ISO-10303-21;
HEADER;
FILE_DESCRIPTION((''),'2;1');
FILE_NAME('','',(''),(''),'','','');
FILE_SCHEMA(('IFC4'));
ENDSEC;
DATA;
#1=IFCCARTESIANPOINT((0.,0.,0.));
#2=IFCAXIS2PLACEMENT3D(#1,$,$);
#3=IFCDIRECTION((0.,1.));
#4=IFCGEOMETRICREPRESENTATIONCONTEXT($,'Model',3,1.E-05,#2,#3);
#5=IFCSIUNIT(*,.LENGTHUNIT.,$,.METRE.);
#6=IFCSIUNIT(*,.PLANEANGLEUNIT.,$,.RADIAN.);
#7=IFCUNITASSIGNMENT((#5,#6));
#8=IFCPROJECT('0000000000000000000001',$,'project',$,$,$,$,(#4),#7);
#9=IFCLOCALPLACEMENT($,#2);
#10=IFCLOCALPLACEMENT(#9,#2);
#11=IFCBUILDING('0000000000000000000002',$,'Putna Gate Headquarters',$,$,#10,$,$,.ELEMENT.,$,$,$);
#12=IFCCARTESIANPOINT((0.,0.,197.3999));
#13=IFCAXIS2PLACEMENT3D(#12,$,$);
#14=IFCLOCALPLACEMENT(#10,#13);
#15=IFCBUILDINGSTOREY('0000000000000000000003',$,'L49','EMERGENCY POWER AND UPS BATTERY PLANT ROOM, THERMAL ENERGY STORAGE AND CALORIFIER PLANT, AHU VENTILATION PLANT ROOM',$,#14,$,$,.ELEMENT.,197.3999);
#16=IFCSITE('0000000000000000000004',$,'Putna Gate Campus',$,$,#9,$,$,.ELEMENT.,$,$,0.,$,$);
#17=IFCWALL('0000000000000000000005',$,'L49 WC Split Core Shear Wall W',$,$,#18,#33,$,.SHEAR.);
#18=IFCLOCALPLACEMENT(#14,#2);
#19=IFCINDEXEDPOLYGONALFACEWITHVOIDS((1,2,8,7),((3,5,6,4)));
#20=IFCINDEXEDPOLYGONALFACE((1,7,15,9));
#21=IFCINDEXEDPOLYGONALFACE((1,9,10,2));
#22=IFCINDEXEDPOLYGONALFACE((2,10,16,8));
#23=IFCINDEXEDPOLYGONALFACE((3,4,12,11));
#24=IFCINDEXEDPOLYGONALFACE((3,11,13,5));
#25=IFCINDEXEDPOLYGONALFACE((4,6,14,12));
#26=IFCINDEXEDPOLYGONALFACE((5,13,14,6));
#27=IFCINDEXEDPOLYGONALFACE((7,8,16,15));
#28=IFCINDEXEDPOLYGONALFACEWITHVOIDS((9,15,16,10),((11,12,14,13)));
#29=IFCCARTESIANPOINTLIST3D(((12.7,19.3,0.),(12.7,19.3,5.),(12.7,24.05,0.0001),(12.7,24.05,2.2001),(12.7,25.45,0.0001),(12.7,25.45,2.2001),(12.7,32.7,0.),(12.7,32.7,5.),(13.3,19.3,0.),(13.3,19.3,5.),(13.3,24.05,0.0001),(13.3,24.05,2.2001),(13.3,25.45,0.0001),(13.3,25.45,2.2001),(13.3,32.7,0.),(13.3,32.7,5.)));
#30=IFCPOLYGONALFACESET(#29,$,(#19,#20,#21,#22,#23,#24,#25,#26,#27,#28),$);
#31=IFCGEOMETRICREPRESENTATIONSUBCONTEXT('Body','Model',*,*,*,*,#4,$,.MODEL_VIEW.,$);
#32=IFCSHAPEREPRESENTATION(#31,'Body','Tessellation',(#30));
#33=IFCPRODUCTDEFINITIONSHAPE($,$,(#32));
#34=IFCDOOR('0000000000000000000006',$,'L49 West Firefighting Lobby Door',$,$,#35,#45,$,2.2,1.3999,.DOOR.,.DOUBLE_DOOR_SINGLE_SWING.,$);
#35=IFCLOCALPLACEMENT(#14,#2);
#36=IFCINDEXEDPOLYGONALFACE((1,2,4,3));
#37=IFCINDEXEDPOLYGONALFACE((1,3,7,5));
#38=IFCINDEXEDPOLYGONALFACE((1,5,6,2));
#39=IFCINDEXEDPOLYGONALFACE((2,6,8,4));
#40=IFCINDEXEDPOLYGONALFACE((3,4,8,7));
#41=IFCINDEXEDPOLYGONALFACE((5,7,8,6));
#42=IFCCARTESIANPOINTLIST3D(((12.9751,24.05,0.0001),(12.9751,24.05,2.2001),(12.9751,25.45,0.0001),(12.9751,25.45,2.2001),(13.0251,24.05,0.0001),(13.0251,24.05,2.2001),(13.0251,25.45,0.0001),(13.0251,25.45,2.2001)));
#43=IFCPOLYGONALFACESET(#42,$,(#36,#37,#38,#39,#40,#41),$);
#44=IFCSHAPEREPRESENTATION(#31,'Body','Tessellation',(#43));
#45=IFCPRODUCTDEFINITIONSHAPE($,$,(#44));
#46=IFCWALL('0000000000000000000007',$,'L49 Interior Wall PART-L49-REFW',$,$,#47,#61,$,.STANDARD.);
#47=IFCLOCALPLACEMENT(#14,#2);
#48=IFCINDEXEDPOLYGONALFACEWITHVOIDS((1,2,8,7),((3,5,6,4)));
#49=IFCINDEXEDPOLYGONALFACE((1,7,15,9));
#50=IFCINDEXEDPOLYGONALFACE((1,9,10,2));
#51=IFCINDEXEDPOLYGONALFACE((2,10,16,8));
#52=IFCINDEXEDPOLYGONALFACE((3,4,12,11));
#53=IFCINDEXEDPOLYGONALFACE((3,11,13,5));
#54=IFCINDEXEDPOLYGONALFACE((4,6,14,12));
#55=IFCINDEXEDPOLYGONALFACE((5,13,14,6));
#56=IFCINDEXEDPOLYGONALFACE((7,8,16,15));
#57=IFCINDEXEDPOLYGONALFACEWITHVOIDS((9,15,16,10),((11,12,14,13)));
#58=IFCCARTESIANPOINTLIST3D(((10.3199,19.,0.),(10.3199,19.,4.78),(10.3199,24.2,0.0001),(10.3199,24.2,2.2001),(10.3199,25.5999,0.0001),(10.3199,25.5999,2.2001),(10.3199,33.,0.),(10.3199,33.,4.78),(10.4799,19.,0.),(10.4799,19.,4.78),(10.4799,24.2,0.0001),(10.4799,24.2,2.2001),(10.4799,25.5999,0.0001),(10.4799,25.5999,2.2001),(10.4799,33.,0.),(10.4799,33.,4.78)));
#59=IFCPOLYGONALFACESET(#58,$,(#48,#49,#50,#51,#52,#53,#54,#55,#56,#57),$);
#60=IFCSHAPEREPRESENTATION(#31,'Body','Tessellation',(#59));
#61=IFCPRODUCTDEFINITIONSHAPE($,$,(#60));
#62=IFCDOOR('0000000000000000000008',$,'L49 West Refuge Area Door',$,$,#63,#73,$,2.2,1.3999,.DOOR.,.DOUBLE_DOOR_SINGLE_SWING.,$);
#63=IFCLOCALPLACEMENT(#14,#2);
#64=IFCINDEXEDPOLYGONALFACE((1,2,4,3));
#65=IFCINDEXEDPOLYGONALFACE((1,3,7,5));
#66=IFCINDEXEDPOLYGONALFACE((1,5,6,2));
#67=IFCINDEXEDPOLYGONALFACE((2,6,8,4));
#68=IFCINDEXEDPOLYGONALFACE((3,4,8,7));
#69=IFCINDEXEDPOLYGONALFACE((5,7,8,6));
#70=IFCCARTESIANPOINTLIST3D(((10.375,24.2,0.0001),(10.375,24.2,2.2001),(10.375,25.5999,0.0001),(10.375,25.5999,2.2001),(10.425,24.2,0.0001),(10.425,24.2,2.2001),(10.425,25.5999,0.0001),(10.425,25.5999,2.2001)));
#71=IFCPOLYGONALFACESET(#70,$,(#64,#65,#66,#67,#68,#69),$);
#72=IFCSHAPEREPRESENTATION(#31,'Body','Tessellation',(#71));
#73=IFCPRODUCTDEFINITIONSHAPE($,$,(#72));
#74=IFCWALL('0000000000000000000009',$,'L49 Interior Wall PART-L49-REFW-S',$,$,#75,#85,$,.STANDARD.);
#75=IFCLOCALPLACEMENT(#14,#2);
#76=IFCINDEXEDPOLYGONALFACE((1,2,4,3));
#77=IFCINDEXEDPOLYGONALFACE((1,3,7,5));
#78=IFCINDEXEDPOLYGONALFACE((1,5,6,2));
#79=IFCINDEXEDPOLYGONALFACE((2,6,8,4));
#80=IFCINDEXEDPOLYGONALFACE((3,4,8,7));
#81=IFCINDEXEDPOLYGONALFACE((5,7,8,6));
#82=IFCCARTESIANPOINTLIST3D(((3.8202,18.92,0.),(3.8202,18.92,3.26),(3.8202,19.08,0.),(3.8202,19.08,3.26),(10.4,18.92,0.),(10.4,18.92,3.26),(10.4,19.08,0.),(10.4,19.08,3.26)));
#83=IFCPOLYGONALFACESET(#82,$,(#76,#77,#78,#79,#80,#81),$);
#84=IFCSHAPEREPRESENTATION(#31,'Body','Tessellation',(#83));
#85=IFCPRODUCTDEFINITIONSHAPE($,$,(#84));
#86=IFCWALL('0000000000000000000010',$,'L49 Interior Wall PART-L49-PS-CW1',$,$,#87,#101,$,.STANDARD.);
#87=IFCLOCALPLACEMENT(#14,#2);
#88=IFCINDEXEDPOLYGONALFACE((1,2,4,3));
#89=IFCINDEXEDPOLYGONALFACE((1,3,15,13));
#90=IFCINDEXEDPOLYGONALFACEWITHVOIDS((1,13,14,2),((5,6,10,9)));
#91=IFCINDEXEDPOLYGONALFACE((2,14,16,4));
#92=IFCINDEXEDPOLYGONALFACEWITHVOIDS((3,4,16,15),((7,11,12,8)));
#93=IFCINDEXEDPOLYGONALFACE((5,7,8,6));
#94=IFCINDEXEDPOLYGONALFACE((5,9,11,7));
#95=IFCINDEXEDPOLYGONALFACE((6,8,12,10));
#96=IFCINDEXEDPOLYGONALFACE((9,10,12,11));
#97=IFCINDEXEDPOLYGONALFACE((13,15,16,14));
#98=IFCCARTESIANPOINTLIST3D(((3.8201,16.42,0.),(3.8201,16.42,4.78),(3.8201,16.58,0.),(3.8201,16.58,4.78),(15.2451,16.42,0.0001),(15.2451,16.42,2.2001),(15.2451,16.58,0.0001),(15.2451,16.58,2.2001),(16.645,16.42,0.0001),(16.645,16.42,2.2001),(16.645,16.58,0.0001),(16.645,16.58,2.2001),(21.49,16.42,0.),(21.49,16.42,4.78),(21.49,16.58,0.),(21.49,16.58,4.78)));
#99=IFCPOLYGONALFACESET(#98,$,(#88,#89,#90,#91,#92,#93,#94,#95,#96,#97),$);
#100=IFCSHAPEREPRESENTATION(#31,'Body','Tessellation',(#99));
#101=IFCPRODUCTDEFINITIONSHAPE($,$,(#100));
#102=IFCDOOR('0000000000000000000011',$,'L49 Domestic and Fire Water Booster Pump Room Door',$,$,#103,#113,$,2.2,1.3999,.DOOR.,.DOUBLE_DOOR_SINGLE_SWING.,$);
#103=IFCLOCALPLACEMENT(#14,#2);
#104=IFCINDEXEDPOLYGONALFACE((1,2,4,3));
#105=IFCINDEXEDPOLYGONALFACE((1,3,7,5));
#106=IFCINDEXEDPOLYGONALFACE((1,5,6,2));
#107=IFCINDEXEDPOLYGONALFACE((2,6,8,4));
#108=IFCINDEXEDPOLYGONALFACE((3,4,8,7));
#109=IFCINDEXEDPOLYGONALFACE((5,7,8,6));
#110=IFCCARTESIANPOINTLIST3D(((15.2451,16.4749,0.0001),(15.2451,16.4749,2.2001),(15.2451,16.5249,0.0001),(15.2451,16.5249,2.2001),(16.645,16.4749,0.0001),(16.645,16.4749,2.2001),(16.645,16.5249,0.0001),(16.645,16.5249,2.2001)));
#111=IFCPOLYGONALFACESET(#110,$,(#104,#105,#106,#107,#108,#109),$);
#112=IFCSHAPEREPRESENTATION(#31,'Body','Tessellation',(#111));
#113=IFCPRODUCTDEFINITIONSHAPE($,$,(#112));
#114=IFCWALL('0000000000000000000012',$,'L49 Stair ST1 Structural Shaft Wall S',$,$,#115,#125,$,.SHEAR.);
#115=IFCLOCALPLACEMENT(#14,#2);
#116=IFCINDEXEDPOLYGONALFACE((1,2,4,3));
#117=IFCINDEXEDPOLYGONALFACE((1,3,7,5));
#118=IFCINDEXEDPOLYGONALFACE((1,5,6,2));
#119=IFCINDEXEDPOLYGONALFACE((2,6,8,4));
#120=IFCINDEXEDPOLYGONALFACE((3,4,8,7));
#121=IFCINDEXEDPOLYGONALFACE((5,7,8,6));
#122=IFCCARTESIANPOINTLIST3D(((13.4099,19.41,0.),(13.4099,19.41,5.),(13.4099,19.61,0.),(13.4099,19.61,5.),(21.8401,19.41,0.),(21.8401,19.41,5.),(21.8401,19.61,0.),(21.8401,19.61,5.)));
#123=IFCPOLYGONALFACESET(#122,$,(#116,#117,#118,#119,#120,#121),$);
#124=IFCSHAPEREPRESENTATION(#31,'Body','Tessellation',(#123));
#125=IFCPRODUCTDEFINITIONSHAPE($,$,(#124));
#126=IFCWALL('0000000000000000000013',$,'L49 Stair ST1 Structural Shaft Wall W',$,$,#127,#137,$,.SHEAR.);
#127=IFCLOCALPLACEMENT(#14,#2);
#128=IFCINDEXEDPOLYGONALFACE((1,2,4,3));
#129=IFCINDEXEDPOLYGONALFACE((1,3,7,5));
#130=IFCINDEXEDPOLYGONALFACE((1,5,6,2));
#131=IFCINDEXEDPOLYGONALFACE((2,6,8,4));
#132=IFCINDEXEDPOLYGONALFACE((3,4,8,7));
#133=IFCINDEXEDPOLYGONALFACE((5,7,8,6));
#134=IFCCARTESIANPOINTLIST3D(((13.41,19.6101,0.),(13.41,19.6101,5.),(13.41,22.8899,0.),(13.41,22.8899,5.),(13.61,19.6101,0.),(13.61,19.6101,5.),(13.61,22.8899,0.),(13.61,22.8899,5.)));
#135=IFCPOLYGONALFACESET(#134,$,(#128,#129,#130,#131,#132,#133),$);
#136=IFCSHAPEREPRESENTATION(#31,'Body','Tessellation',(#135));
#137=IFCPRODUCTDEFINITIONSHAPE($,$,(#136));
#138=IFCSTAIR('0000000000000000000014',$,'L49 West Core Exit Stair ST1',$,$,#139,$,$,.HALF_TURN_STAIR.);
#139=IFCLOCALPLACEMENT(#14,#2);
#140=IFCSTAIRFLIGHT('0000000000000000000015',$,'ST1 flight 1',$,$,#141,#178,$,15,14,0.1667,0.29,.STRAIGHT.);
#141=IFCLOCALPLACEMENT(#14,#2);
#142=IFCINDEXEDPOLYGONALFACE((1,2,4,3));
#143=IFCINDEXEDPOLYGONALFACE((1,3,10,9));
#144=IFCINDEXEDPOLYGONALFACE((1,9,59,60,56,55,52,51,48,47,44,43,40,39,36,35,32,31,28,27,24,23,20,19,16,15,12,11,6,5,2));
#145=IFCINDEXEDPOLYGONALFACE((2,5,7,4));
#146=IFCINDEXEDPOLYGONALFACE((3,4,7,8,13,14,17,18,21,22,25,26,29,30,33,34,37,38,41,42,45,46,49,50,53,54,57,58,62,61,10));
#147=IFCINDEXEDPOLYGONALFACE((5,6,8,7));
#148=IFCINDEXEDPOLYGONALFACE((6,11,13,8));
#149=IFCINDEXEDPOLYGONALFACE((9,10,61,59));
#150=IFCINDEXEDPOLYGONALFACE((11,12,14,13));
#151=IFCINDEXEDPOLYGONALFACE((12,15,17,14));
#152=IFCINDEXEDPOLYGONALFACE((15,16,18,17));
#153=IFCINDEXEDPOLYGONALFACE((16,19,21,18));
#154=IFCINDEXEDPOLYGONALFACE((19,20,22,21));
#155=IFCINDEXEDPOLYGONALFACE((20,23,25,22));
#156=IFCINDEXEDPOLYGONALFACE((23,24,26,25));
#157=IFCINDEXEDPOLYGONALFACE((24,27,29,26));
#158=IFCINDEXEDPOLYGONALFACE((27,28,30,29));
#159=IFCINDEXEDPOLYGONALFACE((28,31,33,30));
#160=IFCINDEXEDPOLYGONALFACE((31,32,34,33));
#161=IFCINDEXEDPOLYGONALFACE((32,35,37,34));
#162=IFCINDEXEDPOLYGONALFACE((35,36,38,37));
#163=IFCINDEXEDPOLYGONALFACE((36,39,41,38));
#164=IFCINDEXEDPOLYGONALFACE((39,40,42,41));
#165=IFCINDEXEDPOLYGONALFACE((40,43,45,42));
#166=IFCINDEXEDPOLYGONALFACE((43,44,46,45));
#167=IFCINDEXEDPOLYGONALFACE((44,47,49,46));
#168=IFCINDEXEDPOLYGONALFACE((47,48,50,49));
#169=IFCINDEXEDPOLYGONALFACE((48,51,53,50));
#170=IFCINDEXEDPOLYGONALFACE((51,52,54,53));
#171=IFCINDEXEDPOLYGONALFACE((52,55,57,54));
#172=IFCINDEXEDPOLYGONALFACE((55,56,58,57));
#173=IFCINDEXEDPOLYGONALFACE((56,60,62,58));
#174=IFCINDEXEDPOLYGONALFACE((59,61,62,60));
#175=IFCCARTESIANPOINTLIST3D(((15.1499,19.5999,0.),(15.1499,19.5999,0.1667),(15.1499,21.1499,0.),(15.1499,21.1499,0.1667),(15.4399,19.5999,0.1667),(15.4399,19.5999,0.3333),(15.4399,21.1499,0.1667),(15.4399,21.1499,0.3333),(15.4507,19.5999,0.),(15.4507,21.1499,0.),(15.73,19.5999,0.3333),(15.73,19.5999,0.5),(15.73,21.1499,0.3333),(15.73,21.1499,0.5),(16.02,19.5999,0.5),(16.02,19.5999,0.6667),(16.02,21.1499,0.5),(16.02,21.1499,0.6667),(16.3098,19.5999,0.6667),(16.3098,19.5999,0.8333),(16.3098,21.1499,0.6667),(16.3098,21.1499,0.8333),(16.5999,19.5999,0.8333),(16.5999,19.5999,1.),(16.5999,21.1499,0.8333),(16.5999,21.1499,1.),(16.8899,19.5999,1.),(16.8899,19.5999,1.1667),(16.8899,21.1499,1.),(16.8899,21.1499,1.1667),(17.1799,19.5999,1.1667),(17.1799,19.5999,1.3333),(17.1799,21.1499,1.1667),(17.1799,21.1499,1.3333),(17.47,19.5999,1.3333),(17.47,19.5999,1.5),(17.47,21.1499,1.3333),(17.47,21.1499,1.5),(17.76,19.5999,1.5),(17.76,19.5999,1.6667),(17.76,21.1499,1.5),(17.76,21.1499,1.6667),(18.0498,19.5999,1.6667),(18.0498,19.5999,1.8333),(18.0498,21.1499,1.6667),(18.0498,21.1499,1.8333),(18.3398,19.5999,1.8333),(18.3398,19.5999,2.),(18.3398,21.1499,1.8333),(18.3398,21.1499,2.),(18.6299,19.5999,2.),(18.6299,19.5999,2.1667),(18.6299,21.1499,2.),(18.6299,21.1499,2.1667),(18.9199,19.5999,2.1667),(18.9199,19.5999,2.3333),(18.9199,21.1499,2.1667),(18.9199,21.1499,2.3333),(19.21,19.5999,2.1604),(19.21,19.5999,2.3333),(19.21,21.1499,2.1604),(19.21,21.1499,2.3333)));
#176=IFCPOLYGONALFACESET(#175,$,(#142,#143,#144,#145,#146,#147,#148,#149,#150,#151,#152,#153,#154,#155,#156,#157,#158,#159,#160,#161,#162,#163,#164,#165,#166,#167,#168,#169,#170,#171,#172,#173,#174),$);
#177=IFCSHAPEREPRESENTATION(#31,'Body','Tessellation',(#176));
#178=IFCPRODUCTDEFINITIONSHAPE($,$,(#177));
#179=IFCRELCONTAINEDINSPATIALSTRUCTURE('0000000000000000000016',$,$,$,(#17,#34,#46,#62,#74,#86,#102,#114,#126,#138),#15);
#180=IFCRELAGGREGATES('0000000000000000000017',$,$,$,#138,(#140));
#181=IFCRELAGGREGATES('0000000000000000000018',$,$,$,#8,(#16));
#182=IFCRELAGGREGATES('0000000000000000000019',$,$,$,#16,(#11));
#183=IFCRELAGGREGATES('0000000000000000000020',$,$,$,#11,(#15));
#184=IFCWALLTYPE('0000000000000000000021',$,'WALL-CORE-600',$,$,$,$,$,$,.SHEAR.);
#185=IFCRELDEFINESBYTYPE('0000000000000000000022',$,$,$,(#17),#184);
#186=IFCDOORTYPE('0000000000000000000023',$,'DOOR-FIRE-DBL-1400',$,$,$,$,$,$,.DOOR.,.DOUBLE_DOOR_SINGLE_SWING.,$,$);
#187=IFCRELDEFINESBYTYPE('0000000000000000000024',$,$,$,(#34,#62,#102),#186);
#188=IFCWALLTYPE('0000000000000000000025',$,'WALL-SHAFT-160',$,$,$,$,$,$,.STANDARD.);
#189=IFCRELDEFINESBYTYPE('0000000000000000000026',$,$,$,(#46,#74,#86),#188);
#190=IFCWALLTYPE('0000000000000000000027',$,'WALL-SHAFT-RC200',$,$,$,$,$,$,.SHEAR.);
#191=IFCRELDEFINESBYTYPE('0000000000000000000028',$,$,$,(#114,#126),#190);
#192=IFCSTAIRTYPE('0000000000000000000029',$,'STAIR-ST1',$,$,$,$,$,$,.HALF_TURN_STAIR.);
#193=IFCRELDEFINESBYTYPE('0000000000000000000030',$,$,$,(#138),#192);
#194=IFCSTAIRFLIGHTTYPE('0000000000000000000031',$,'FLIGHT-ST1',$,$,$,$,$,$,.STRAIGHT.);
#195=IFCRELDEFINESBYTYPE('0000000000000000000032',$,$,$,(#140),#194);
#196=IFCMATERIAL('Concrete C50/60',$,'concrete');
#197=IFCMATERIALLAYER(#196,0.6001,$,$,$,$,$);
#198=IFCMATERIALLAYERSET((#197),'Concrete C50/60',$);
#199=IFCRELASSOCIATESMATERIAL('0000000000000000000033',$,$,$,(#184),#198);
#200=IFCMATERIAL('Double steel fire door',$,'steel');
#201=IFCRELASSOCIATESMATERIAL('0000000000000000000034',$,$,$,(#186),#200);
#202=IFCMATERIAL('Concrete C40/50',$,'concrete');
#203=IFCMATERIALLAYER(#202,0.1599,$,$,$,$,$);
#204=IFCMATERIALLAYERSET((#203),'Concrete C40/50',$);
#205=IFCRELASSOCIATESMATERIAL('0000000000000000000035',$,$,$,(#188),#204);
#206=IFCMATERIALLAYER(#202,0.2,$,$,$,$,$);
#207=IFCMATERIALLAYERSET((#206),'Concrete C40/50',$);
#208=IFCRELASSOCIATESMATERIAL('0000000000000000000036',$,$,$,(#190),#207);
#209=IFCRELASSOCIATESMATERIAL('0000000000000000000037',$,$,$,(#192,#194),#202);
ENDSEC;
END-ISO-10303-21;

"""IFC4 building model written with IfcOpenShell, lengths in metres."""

from ifc_helpers import new_model, si_unit, direction, frame, frame_2d, origin, place, context, subcontext, project, spatial, polyline, rectangle, outline, extrude, material, layer, layer_set, type_object, element, fill, aggregate, save


model = new_model("IFC4")

# Units and contexts
model_context = context("Model", 3, precision=1e-05, world=origin(), true_north=direction((0.0, 1.0)))
body_context = subcontext(model_context, "Body", "Model", "MODEL_VIEW")
ifc_project = project(units=[si_unit("LENGTHUNIT", "METRE"), si_unit("PLANEANGLEUNIT", "RADIAN")], contexts=[model_context])

# Site, building, storey
site_placement = place(None, origin())
site = spatial("IfcSite", under=ifc_project, at=site_placement, Name="Putna Gate Campus", CompositionType="ELEMENT", RefElevation=0.0)
building_placement = place(site_placement, origin())
building = spatial("IfcBuilding", under=site, at=building_placement, Name="Putna Gate Headquarters", CompositionType="ELEMENT")
storey_placement = place(building_placement, frame((0.0, 0.0, 197.3999)))
storey = spatial("IfcBuildingStorey", under=building, at=storey_placement, Name="L49", Description="EMERGENCY POWER AND UPS BATTERY PLANT ROOM, THERMAL ENERGY STORAGE AND CALORIFIER PLANT, AHU VENTILATION PLANT ROOM", CompositionType="ELEMENT", Elevation=197.3999)

# Shared definitions
ifc_material_1 = material(Name="Concrete C50/60", Category="concrete")

# Walls, openings, doors
ifc_layer_1 = layer(ifc_material_1, 0.6001)
ifc_layer_set_1 = layer_set([ifc_layer_1], Name="Concrete C50/60")
wall_type_1 = type_object("IfcWallType", Name="WALL-CORE-600", PredefinedType="SHEAR", material=ifc_layer_set_1)
ifc_material_2 = material(Name="Double steel fire door", Category="steel")
door_type = type_object("IfcDoorType", Name="DOOR-FIRE-DBL-1400", OperationType="DOUBLE_DOOR_SINGLE_SWING", PredefinedType="DOOR", material=ifc_material_2)
wall_1_placement = place(storey_placement, frame((13.0, 19.3, 0.0), z_axis=(0.0, 0.0, 1.0), x_axis=(0.0, 1.0, 0.0)))
wall_1 = element("IfcWall", 1, at=wall_1_placement, inside=storey, type_object=wall_type_1, Name="L49 WC Split Core Shear Wall W", PredefinedType="SHEAR", context=body_context, shape_type="SweptSolid", body=[
    extrude(rectangle(XDim=13.3999, YDim=0.6001, at=frame_2d((6.7, 0.0))), origin(), (0.0, 0.0, 1.0), 5.0),
])
opening_1_placement = place(wall_1_placement, frame((4.75, 0.0, 0.0)))
opening_1 = element("IfcOpeningElement", 2, at=opening_1_placement, cuts=wall_1, PredefinedType="OPENING", context=body_context, shape_type="SweptSolid", body=[
    extrude(rectangle(XDim=1.3999, YDim=2.2, at=frame_2d((0.7, 1.1001))), frame((0.0, 0.3101, 0.0), z_axis=(0.0, -1.0, 0.0), x_axis=(1.0, 0.0, 0.0)), (0.0, 0.0, 1.0), 0.6201),
])
door_1_placement = place(opening_1_placement, origin())
door_1 = element("IfcDoor", 3, at=door_1_placement, inside=storey, type_object=door_type, Name="L49 West Firefighting Lobby Door", OperationType="DOUBLE_DOOR_SINGLE_SWING", OverallHeight=2.2, OverallWidth=1.3999, PredefinedType="DOOR", context=body_context, shape_type="SweptSolid", body=[
    extrude(rectangle(XDim=1.3999, YDim=2.2, at=frame_2d((0.7, 1.1001))), frame((0.0, 0.0249, 0.0), z_axis=(0.0, -1.0, 0.0), x_axis=(1.0, 0.0, 0.0)), (0.0, 0.0, 1.0), 0.05),
])
fill(opening_1, door_1)
ifc_material_3 = material(Name="Concrete C40/50", Category="concrete")
ifc_layer_2 = layer(ifc_material_3, 0.1599)
ifc_layer_set_2 = layer_set([ifc_layer_2], Name="Concrete C40/50")
wall_type_2 = type_object("IfcWallType", Name="WALL-SHAFT-160", PredefinedType="STANDARD", material=ifc_layer_set_2)
wall_2_placement = place(storey_placement, frame((10.3999, 19.0, 0.0), z_axis=(0.0, 0.0, 1.0), x_axis=(0.0, 1.0, 0.0)))
wall_2 = element("IfcWall", 4, at=wall_2_placement, inside=storey, type_object=wall_type_2, Name="L49 Interior Wall PART-L49-REFW", PredefinedType="STANDARD", context=body_context, shape_type="SweptSolid", body=[
    extrude(rectangle(XDim=14.0, YDim=0.1599, at=frame_2d((7.0, 0.0))), origin(), (0.0, 0.0, 1.0), 4.78),
])
opening_2_placement = place(wall_2_placement, frame((5.2, 0.0, 0.0)))
opening_2 = element("IfcOpeningElement", 5, at=opening_2_placement, cuts=wall_2, PredefinedType="OPENING", context=body_context, shape_type="SweptSolid", body=[
    extrude(rectangle(XDim=1.3999, YDim=2.2, at=frame_2d((0.7, 1.1001))), frame((0.0, 0.0898, 0.0), z_axis=(0.0, -1.0, 0.0), x_axis=(1.0, 0.0, 0.0)), (0.0, 0.0, 1.0), 0.1799),
])
door_2_placement = place(opening_2_placement, origin())
door_2 = element("IfcDoor", 6, at=door_2_placement, inside=storey, type_object=door_type, Name="L49 West Refuge Area Door", OperationType="DOUBLE_DOOR_SINGLE_SWING", OverallHeight=2.2, OverallWidth=1.3999, PredefinedType="DOOR", context=body_context, shape_type="SweptSolid", body=[
    extrude(rectangle(XDim=1.3999, YDim=2.2, at=frame_2d((0.7, 1.1001))), frame((0.0, 0.0249, 0.0), z_axis=(0.0, -1.0, 0.0), x_axis=(1.0, 0.0, 0.0)), (0.0, 0.0, 1.0), 0.05),
])
fill(opening_2, door_2)

# Wall
wall_3_placement = place(storey_placement, frame((3.8201, 19.0, 0.0), z_axis=(0.0, 0.0, 1.0), x_axis=(1.0, 0.0, 0.0)))
element("IfcWall", 7, at=wall_3_placement, inside=storey, type_object=wall_type_2, Name="L49 Interior Wall PART-L49-REFW-S", PredefinedType="STANDARD", context=body_context, shape_type="SweptSolid", body=[
    extrude(rectangle(XDim=6.5798, YDim=0.1599, at=frame_2d((3.29, 0.0))), origin(), (0.0, 0.0, 1.0), 3.26),
])

# Wall, opening, door
wall_4_placement = place(storey_placement, frame((3.8201, 16.5, 0.0), z_axis=(0.0, 0.0, 1.0), x_axis=(1.0, 0.0, 0.0)))
wall_4 = element("IfcWall", 8, at=wall_4_placement, inside=storey, type_object=wall_type_2, Name="L49 Interior Wall PART-L49-PS-CW1", PredefinedType="STANDARD", context=body_context, shape_type="SweptSolid", body=[
    extrude(rectangle(XDim=17.6699, YDim=0.1599, at=frame_2d((8.835, 0.0))), origin(), (0.0, 0.0, 1.0), 4.78),
])
opening_3_placement = place(wall_4_placement, frame((11.425, 0.0, 0.0)))
opening_3 = element("IfcOpeningElement", 9, at=opening_3_placement, cuts=wall_4, PredefinedType="OPENING", context=body_context, shape_type="SweptSolid", body=[
    extrude(rectangle(XDim=1.3999, YDim=2.2, at=frame_2d((0.7, 1.1001))), frame((0.0, 0.0898, 0.0), z_axis=(0.0, -1.0, 0.0), x_axis=(1.0, 0.0, 0.0)), (0.0, 0.0, 1.0), 0.1799),
])
door_3_placement = place(opening_3_placement, origin())
door_3 = element("IfcDoor", 10, at=door_3_placement, inside=storey, type_object=door_type, Name="L49 Domestic and Fire Water Booster Pump Room Door", OperationType="DOUBLE_DOOR_SINGLE_SWING", OverallHeight=2.2, OverallWidth=1.3999, PredefinedType="DOOR", context=body_context, shape_type="SweptSolid", body=[
    extrude(rectangle(XDim=1.3999, YDim=2.2, at=frame_2d((0.7, 1.1001))), frame((0.0, 0.0249, 0.0), z_axis=(0.0, -1.0, 0.0), x_axis=(1.0, 0.0, 0.0)), (0.0, 0.0, 1.0), 0.05),
])
fill(opening_3, door_3)

# Walls
ifc_layer_3 = layer(ifc_material_3, 0.2)
ifc_layer_set_3 = layer_set([ifc_layer_3], Name="Concrete C40/50")
wall_type_3 = type_object("IfcWallType", Name="WALL-SHAFT-RC200", PredefinedType="SHEAR", material=ifc_layer_set_3)
wall_5_placement = place(storey_placement, frame((13.4099, 19.51, 0.0), z_axis=(0.0, 0.0, 1.0), x_axis=(1.0, 0.0, 0.0)))
element("IfcWall", 11, at=wall_5_placement, inside=storey, type_object=wall_type_3, Name="L49 Stair ST1 Structural Shaft Wall S", PredefinedType="SHEAR", context=body_context, shape_type="SweptSolid", body=[
    extrude(rectangle(XDim=8.4302, YDim=0.2, at=frame_2d((4.2151, 0.0))), origin(), (0.0, 0.0, 1.0), 5.0),
])
wall_6_placement = place(storey_placement, frame((13.51, 19.6101, 0.0), z_axis=(0.0, 0.0, 1.0), x_axis=(0.0, 1.0, 0.0)))
element("IfcWall", 12, at=wall_6_placement, inside=storey, type_object=wall_type_3, Name="L49 Stair ST1 Structural Shaft Wall W", PredefinedType="SHEAR", context=body_context, shape_type="SweptSolid", body=[
    extrude(rectangle(XDim=3.2798, YDim=0.2, at=frame_2d((1.6399, 0.0))), origin(), (0.0, 0.0, 1.0), 5.0),
])

# Stair, stair flight
stair_type = type_object("IfcStairType", Name="STAIR-ST1", PredefinedType="HALF_TURN_STAIR", material=ifc_material_3)
stair_placement = place(storey_placement, origin())
stair = element("IfcStair", 13, at=stair_placement, inside=storey, type_object=stair_type, Name="L49 West Core Exit Stair ST1", PredefinedType="HALF_TURN_STAIR")
stair_flight_type = type_object("IfcStairFlightType", Name="FLIGHT-ST1", PredefinedType="STRAIGHT", material=ifc_material_3)
stair_flight_placement = place(storey_placement, frame((15.1499, 20.375, 0.0), z_axis=(0.0, 0.0, 1.0), x_axis=(1.0, 0.0, 0.0)))
stair_flight = element("IfcStairFlight", 14, at=stair_flight_placement, type_object=stair_flight_type, Name="ST1 flight 1", NumberOfRisers=15, NumberOfTreads=14, PredefinedType="STRAIGHT", RiserHeight=0.1667, TreadLength=0.29, context=body_context, shape_type="SweptSolid", body=[
    extrude(outline(polyline([(0.0, 0.0), (0.0, 0.1667), (0.29, 0.1667), (0.29, 0.3333), (0.5801, 0.3333), (0.5801, 0.5), (0.8701, 0.5), (0.8701, 0.6667), (1.1599, 0.6667), (1.1599, 0.8333), (1.45, 0.8333), (1.45, 1.0), (1.74, 1.0), (1.74, 1.1667), (2.03, 1.1667), (2.03, 1.3333), (2.3201, 1.3333), (2.3201, 1.5), (2.6101, 1.5), (2.6101, 1.6667), (2.8999, 1.6667), (2.8999, 1.8333), (3.1899, 1.8333), (3.1899, 2.0), (3.48, 2.0), (3.48, 2.1667), (3.77, 2.1667), (3.77, 2.3333), (4.0601, 2.3333), (4.0601, 2.5), (4.0601, 2.1604), (0.3008, 0.0), (0.0, 0.0)])), frame((0.0, 0.7749, 0.0), z_axis=(0.0, -1.0, 0.0), x_axis=(1.0, 0.0, 0.0)), (0.0, 0.0, 1.0), 1.55),
])
aggregate(stair, [stair_flight])

save(model, "model.ifc")
